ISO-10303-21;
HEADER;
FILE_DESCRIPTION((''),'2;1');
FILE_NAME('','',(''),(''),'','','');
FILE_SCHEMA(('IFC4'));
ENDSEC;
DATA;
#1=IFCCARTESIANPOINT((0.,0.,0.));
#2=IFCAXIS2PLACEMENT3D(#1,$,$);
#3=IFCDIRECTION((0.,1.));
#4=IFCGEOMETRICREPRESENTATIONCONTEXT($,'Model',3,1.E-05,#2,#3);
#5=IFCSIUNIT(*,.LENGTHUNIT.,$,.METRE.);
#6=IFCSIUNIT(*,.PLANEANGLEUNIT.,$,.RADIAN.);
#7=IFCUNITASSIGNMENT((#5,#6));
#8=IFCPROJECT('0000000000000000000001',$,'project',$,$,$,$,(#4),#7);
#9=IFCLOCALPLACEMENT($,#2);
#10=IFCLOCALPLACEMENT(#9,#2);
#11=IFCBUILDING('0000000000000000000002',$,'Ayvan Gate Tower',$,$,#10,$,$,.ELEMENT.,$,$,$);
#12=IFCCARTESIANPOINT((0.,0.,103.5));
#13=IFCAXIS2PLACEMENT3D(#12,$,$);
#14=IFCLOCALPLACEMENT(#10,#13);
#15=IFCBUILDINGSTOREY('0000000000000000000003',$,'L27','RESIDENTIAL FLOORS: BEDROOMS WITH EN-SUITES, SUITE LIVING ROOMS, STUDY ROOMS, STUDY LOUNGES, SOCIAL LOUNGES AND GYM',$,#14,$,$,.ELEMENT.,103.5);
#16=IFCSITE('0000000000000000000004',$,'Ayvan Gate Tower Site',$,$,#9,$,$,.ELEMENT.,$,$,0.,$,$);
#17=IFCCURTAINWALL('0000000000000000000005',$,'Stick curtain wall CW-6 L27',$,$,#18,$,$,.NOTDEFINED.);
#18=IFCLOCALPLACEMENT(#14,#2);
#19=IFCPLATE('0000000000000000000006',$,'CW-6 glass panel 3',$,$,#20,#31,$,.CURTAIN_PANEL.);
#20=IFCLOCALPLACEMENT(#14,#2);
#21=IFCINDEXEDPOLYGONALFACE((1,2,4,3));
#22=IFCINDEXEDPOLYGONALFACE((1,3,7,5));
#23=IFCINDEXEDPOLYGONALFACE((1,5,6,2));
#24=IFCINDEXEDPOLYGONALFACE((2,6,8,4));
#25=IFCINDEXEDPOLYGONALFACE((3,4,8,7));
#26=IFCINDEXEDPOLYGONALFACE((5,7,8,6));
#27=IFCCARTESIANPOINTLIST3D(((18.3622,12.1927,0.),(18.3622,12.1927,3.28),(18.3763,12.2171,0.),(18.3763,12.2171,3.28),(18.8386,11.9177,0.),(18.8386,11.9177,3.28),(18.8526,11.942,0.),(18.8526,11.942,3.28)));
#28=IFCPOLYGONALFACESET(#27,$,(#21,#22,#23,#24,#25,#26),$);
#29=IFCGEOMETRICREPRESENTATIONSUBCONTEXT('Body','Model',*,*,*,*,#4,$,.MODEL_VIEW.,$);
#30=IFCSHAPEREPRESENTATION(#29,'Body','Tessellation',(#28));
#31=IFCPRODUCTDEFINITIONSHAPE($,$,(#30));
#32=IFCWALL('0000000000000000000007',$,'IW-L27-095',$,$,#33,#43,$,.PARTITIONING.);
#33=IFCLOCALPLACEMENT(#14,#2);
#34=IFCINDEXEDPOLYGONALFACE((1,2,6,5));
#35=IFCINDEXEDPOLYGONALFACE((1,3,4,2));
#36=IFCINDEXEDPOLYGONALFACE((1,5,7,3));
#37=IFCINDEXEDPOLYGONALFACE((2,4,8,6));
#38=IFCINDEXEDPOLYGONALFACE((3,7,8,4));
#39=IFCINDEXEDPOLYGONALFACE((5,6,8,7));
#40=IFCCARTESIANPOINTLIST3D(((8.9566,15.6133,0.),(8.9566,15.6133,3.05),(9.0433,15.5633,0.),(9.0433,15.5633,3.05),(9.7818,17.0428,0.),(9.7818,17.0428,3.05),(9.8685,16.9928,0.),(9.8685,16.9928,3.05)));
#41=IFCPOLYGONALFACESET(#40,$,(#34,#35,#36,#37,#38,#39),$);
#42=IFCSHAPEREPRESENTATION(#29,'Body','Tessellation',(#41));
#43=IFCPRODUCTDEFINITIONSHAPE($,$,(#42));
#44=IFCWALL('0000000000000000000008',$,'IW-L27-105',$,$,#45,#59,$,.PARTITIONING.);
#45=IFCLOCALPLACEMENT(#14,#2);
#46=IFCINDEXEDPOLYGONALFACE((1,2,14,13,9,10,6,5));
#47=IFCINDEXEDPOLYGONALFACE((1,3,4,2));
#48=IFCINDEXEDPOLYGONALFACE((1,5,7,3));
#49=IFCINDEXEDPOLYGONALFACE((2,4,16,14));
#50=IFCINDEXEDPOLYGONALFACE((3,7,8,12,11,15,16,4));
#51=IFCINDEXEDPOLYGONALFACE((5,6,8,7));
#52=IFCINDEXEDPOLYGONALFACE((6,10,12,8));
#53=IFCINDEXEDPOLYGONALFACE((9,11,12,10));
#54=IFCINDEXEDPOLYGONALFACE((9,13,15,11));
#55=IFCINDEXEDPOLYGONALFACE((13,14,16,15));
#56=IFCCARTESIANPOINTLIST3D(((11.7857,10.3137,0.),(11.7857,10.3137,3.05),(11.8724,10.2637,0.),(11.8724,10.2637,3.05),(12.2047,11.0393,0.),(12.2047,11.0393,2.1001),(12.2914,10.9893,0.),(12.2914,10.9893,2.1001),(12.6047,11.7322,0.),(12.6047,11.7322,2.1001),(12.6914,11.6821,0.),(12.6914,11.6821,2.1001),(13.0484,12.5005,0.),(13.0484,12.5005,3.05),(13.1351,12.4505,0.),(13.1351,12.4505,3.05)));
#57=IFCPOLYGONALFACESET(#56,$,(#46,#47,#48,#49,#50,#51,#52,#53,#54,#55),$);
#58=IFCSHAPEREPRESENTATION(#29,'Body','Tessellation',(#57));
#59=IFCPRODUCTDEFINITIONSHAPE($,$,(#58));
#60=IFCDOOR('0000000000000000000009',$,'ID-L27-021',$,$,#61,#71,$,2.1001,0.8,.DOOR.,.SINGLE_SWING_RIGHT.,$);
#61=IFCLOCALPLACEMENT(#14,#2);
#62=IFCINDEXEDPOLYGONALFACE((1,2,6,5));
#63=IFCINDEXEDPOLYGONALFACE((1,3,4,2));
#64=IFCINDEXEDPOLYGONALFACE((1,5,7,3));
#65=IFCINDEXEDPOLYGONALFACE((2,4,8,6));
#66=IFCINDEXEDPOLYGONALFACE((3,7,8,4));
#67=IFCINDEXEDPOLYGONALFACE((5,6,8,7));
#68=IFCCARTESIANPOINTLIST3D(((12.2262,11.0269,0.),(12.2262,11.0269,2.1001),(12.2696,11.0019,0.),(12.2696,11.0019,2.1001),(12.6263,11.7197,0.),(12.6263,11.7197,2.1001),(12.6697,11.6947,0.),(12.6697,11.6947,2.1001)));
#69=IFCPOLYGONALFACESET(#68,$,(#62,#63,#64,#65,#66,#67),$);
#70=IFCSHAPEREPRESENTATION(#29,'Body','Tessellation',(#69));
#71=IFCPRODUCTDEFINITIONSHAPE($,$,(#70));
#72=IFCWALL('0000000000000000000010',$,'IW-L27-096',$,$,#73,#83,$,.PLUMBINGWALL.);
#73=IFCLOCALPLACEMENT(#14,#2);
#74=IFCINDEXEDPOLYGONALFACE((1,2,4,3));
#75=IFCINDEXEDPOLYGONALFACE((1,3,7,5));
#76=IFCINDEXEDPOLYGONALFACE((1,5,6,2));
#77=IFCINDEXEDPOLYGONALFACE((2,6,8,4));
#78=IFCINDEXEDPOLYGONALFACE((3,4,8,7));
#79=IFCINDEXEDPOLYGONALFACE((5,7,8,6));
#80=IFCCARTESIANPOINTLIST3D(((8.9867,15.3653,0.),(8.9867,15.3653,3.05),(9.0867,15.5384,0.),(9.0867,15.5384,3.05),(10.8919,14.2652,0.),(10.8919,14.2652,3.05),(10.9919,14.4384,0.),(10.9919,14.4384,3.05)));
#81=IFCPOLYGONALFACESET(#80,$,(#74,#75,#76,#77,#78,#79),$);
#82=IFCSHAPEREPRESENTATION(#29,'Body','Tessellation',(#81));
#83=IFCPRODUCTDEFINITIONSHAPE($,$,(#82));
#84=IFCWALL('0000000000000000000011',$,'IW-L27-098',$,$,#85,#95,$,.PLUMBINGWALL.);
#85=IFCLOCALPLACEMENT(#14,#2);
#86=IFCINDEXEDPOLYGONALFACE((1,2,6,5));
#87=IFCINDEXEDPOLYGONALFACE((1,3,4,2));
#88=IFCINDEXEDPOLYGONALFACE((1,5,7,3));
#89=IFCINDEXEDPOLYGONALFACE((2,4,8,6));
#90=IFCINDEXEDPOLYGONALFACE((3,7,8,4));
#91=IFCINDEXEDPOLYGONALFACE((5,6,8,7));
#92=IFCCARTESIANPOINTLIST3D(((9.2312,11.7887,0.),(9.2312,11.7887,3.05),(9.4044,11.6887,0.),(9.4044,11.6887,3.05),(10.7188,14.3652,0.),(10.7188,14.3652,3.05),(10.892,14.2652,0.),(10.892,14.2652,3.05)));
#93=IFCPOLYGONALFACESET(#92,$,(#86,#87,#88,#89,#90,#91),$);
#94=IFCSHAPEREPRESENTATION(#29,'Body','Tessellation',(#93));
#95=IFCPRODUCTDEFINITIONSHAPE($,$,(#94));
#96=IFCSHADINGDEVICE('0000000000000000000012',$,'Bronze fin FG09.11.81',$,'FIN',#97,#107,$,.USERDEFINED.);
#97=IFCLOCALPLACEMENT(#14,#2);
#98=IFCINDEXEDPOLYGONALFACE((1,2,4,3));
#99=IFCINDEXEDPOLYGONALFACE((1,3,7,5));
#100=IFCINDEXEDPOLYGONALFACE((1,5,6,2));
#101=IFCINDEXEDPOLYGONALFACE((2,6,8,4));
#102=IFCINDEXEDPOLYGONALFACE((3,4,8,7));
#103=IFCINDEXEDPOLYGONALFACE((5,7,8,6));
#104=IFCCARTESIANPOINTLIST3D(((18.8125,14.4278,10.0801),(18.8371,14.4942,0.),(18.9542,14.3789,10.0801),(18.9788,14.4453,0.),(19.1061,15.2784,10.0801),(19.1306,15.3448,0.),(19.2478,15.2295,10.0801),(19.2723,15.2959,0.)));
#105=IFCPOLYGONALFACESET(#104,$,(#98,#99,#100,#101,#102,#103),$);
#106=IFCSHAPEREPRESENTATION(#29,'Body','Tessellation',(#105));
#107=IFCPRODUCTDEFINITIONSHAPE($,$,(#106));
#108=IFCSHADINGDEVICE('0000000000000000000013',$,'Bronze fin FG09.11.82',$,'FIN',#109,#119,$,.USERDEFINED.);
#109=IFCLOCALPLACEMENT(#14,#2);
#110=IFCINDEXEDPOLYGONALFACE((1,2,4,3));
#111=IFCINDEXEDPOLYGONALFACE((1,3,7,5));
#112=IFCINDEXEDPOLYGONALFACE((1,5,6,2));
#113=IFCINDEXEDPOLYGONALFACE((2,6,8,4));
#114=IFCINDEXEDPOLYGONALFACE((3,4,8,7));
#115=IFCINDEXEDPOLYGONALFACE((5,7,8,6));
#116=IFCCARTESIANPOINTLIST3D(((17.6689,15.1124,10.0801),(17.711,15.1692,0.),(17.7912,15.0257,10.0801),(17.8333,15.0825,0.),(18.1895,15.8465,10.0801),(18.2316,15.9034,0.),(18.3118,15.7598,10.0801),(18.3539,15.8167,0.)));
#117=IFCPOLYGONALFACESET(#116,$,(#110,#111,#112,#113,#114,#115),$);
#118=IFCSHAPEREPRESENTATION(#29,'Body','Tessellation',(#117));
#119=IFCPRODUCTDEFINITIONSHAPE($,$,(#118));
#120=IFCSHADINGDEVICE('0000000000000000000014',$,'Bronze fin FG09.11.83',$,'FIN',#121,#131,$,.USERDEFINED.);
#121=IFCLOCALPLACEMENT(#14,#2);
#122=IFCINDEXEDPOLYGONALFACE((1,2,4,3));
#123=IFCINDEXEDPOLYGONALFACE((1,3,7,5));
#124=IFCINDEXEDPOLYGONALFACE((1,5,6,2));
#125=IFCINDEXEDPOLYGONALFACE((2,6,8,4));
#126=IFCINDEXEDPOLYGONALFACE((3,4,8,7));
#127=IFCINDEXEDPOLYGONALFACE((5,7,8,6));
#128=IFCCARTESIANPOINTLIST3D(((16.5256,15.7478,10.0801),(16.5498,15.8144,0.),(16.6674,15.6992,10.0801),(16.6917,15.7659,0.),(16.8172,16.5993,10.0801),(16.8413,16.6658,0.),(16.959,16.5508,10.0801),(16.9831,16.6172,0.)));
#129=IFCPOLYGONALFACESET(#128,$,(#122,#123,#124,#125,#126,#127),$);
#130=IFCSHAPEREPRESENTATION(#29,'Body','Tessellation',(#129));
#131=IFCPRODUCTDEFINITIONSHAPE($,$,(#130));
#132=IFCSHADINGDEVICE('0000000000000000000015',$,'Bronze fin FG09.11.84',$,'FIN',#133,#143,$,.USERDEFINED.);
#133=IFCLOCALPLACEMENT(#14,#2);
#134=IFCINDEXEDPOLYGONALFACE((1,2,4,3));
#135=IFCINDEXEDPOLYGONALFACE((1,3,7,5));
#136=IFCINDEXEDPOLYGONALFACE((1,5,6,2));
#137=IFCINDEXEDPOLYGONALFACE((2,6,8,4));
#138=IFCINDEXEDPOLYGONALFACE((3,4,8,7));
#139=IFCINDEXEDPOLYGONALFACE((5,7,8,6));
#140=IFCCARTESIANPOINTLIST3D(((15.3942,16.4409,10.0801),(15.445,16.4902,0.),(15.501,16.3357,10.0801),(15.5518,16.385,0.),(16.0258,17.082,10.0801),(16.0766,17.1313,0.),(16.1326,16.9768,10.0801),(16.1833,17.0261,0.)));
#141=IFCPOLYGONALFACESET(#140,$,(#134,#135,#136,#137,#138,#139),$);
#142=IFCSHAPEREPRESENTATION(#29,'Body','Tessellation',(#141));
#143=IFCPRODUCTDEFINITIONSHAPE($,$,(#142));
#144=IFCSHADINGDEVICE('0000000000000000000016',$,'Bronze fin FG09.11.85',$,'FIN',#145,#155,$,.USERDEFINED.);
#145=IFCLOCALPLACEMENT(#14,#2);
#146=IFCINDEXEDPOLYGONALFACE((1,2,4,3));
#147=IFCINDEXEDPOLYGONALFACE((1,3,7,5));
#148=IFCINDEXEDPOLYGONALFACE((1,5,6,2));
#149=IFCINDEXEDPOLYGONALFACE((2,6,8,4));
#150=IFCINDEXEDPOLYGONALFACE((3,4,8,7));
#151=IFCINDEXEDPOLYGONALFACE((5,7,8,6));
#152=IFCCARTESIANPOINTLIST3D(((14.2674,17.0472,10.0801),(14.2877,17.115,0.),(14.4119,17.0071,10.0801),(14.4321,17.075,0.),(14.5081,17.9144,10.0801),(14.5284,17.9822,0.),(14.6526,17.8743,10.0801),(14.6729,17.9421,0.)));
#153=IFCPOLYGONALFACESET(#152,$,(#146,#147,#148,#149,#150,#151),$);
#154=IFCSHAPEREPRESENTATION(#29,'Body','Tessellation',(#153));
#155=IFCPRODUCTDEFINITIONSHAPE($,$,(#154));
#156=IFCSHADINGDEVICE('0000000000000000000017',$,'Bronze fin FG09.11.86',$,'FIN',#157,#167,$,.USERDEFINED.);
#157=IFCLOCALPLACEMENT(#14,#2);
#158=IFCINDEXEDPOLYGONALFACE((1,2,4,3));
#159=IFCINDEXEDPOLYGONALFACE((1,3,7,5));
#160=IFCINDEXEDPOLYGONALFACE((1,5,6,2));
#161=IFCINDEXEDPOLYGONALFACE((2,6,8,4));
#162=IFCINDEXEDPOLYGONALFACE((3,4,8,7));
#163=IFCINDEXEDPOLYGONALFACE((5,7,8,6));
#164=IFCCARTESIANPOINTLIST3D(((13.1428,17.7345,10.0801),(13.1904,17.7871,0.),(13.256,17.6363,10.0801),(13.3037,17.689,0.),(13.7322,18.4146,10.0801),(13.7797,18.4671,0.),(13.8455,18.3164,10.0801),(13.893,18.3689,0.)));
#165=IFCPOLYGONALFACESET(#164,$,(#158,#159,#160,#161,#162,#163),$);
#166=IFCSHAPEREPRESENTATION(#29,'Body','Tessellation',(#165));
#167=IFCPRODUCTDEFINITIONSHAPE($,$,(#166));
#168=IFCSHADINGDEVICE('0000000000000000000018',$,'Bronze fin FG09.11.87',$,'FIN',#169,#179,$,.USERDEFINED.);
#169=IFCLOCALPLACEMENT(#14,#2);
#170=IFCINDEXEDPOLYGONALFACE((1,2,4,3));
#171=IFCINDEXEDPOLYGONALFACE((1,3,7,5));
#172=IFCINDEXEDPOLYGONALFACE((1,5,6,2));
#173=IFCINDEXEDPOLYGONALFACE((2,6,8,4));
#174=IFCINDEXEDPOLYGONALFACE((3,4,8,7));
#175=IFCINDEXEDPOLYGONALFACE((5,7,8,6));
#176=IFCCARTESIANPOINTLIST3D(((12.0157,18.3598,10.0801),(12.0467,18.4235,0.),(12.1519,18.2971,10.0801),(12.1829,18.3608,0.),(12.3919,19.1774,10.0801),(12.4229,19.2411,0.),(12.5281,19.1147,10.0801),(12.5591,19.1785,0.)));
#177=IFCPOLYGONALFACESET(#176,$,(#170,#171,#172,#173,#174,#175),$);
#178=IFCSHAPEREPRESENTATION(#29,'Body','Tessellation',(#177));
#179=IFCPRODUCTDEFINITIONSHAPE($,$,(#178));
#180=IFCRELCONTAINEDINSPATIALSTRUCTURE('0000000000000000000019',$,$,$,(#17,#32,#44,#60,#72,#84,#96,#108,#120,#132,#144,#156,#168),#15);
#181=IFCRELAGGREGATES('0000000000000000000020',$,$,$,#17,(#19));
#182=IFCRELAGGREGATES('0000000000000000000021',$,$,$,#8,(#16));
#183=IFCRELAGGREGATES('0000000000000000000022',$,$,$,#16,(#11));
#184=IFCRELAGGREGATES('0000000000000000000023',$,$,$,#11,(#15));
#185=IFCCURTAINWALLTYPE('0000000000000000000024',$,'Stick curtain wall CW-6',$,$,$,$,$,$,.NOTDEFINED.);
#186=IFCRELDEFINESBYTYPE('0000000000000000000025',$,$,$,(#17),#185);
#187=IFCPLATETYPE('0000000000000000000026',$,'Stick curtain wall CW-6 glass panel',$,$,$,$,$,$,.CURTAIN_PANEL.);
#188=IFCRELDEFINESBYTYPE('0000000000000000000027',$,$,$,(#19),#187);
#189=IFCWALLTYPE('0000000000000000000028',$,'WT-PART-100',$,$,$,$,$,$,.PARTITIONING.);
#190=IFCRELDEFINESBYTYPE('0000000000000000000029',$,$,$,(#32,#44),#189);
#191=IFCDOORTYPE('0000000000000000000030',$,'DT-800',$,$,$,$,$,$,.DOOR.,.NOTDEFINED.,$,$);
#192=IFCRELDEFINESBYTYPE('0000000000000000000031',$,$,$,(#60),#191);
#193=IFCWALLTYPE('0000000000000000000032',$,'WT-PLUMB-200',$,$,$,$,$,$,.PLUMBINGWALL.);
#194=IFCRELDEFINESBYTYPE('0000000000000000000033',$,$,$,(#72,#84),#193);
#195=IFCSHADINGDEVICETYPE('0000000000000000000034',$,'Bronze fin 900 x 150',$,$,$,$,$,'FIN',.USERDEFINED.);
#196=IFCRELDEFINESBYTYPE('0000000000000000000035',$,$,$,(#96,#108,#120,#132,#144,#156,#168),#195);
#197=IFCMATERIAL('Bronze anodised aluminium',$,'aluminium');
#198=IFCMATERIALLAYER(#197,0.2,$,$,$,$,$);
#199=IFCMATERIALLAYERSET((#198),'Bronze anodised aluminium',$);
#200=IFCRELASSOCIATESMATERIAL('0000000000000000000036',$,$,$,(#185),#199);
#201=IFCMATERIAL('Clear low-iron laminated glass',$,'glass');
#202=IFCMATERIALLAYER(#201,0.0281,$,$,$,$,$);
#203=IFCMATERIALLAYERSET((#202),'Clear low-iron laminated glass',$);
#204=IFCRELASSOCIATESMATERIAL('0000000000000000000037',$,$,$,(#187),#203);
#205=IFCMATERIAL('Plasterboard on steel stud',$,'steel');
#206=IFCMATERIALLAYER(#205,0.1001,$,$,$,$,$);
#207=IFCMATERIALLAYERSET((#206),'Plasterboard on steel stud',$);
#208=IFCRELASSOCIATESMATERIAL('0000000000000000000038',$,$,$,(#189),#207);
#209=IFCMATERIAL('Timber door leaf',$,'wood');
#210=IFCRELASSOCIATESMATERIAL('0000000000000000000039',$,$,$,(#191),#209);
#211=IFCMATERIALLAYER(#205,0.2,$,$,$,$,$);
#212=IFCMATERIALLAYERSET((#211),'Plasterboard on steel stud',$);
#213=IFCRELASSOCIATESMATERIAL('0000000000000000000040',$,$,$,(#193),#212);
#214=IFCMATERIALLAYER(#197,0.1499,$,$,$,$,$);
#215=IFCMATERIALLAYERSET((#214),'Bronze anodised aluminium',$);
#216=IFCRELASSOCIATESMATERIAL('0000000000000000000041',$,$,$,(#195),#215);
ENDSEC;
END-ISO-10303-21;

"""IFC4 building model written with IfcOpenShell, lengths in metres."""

from ifc_helpers import new_model, si_unit, direction, frame, frame_2d, origin, origin_2d, place, context, subcontext, project, spatial, polyline, rectangle, outline, extrude, material, layer, layer_set, type_object, element, fill, aggregate, save


model = new_model("IFC4")

# Units and contexts
model_context = context("Model", 3, precision=1e-05, world=origin(), true_north=direction((0.0, 1.0)))
body_context = subcontext(model_context, "Body", "Model", "MODEL_VIEW")
ifc_project = project(units=[si_unit("LENGTHUNIT", "METRE"), si_unit("PLANEANGLEUNIT", "RADIAN")], contexts=[model_context])

# Site, building, storey
site_placement = place(None, origin())
site = spatial("IfcSite", under=ifc_project, at=site_placement, Name="Ayvan Gate Tower Site", CompositionType="ELEMENT", RefElevation=0.0)
building_placement = place(site_placement, origin())
building = spatial("IfcBuilding", under=site, at=building_placement, Name="Ayvan Gate Tower", CompositionType="ELEMENT")
storey_placement = place(building_placement, frame((0.0, 0.0, 103.5)))
storey = spatial("IfcBuildingStorey", under=building, at=storey_placement, Name="L27", Description="RESIDENTIAL FLOORS: BEDROOMS WITH EN-SUITES, SUITE LIVING ROOMS, STUDY ROOMS, STUDY LOUNGES, SOCIAL LOUNGES AND GYM", CompositionType="ELEMENT", Elevation=103.5)

# Curtain wall
ifc_material_1 = material(Name="Bronze anodised aluminium", Category="aluminium")
ifc_layer_1 = layer(ifc_material_1, 0.2)
ifc_layer_set_1 = layer_set([ifc_layer_1], Name="Bronze anodised aluminium")
curtain_wall_type_1 = type_object("IfcCurtainWallType", Name="Stick curtain wall CW-6", PredefinedType="NOTDEFINED", material=ifc_layer_set_1)
curtain_wall_1_placement = place(storey_placement, origin())
curtain_wall_1 = element("IfcCurtainWall", 1, at=curtain_wall_1_placement, inside=storey, type_object=curtain_wall_type_1, Name="Stick curtain wall CW-6 L27", PredefinedType="NOTDEFINED")

# Plate
ifc_material_2 = material(Name="Clear low-iron laminated glass", Category="glass")
ifc_layer_2 = layer(ifc_material_2, 0.0281)
ifc_layer_set_2 = layer_set([ifc_layer_2], Name="Clear low-iron laminated glass")
plate_type_1 = type_object("IfcPlateType", Name="Stick curtain wall CW-6 glass panel", PredefinedType="CURTAIN_PANEL", material=ifc_layer_set_2)
plate_1_placement = place(storey_placement, frame((18.6074, 12.0674, 0.0), z_axis=(0.0, 0.0, 1.0), x_axis=(-0.866025, 0.5, 0.0)))
plate_1 = element("IfcPlate", 2, at=plate_1_placement, type_object=plate_type_1, Name="CW-6 glass panel 3", PredefinedType="CURTAIN_PANEL", context=body_context, shape_type="SweptSolid", body=[
    extrude(rectangle(XDim=0.55, YDim=0.0281, at=origin_2d()), origin(), (0.0, 0.0, 1.0), 3.28),
])
aggregate(curtain_wall_1, [plate_1])

# Wall
ifc_material_3 = material(Name="Plasterboard on steel stud", Category="steel")
ifc_layer_3 = layer(ifc_material_3, 0.1001)
ifc_layer_set_3 = layer_set([ifc_layer_3], Name="Plasterboard on steel stud")
wall_type_1 = type_object("IfcWallType", Name="WT-PART-100", PredefinedType="PARTITIONING", material=ifc_layer_set_3)
wall_1_placement = place(storey_placement, frame((9.0, 15.5884, 0.0), z_axis=(0.0, 0.0, 1.0), x_axis=(0.499957, 0.86605, 0.0)))
element("IfcWall", 3, at=wall_1_placement, inside=storey, type_object=wall_type_1, Name="IW-L27-095", PredefinedType="PARTITIONING", context=body_context, shape_type="SweptSolid", body=[
    extrude(rectangle(XDim=1.6506, YDim=0.1001, at=frame_2d((0.8252, 0.0))), origin(), (0.0, 0.0, 1.0), 3.05),
])

# Wall, opening, door
wall_2_placement = place(storey_placement, frame((13.0918, 12.4756, 0.0), z_axis=(0.0, 0.0, 1.0), x_axis=(-0.500049, -0.865997, 0.0)))
wall_2 = element("IfcWall", 4, at=wall_2_placement, inside=storey, type_object=wall_type_1, Name="IW-L27-105", PredefinedType="PARTITIONING", context=body_context, shape_type="SweptSolid", body=[
    extrude(rectangle(XDim=2.5251, YDim=0.1001, at=frame_2d((1.2627, 0.0))), origin(), (0.0, 0.0, 1.0), 3.05),
])
opening_placement = place(wall_2_placement, frame((0.8875, 0.0, 0.0)))
opening = element("IfcOpeningElement", 5, at=opening_placement, cuts=wall_2, PredefinedType="OPENING", context=body_context, shape_type="SweptSolid", body=[
    extrude(rectangle(XDim=0.8, YDim=2.1001, at=frame_2d((0.3999, 1.05))), frame((0.0, 0.0601, 0.0), z_axis=(0.0, -1.0, 0.0), x_axis=(1.0, 0.0, 0.0)), (0.0, 0.0, 1.0), 0.1201),
])
ifc_material_4 = material(Name="Timber door leaf", Category="wood")
door_type = type_object("IfcDoorType", Name="DT-800", OperationType="NOTDEFINED", PredefinedType="DOOR", material=ifc_material_4)
door_placement = place(opening_placement, origin())
door = element("IfcDoor", 6, at=door_placement, inside=storey, type_object=door_type, Name="ID-L27-021", OperationType="SINGLE_SWING_RIGHT", OverallHeight=2.1001, OverallWidth=0.8, PredefinedType="DOOR", context=body_context, shape_type="SweptSolid", body=[
    extrude(rectangle(XDim=0.8, YDim=2.1001, at=frame_2d((0.3999, 1.05))), frame((0.0, 0.0249, 0.0), z_axis=(0.0, -1.0, 0.0), x_axis=(1.0, 0.0, 0.0)), (0.0, 0.0, 1.0), 0.05),
])
fill(opening, door)

# Walls
ifc_layer_4 = layer(ifc_material_3, 0.2)
ifc_layer_set_4 = layer_set([ifc_layer_4], Name="Plasterboard on steel stud")
wall_type_2 = type_object("IfcWallType", Name="WT-PLUMB-200", PredefinedType="PLUMBINGWALL", material=ifc_layer_set_4)
wall_3_placement = place(storey_placement, frame((9.0366, 15.4519, 0.0), z_axis=(0.0, 0.0, 1.0), x_axis=(0.866008, -0.50003, 0.0)))
element("IfcWall", 7, at=wall_3_placement, inside=storey, type_object=wall_type_2, Name="IW-L27-096", PredefinedType="PLUMBINGWALL", context=body_context, shape_type="SweptSolid", body=[
    extrude(rectangle(XDim=2.2, YDim=0.2, at=frame_2d((1.1001, 0.0))), origin(), (0.0, 0.0, 1.0), 3.05),
])
wall_4_placement = place(storey_placement, frame((10.8054, 14.3152, 0.0), z_axis=(0.0, 0.0, 1.0), x_axis=(-0.500014, -0.866017, 0.0)))
element("IfcWall", 8, at=wall_4_placement, inside=storey, type_object=wall_type_2, Name="IW-L27-098", PredefinedType="PLUMBINGWALL", context=body_context, shape_type="SweptSolid", body=[
    extrude(rectangle(XDim=2.9751, YDim=0.2, at=frame_2d((1.4875, 0.0))), origin(), (0.0, 0.0, 1.0), 3.05),
])

# Shading devices
ifc_layer_5 = layer(ifc_material_1, 0.1499)
ifc_layer_set_5 = layer_set([ifc_layer_5], Name="Bronze anodised aluminium")
shading_device_type = type_object("IfcShadingDeviceType", Name="Bronze fin 900 x 150", ElementType="FIN", PredefinedType="USERDEFINED", material=ifc_layer_set_5)
shading_device_1_placement = place(storey_placement, frame((18.9788, 14.4453, 0.0), z_axis=(0.945279, -0.326262, 0.000152), x_axis=(0.326262, 0.945279, 0.0)))
element("IfcShadingDevice", 9, at=shading_device_1_placement, inside=storey, type_object=shading_device_type, Name="Bronze fin FG09.11.81", ObjectType="FIN", PredefinedType="USERDEFINED", context=body_context, shape_type="SweptSolid", body=[
    extrude(outline(polyline([(0.0, 0.0), (0.8998, 0.0), (0.829, 10.0801), (-0.0708, 10.0801), (0.0, 0.0)])), origin(), (0.0, 0.0, -1.0), 0.1499),
])
shading_device_2_placement = place(storey_placement, frame((17.8333, 15.0825, 0.0), z_axis=(0.815699, -0.578476, 0.000143), x_axis=(0.578476, 0.815699, 0.0)))
element("IfcShadingDevice", 10, at=shading_device_2_placement, inside=storey, type_object=shading_device_type, Name="Bronze fin FG09.11.82", ObjectType="FIN", PredefinedType="USERDEFINED", context=body_context, shape_type="SweptSolid", body=[
    extrude(outline(polyline([(0.0, 0.0), (0.9001, 0.0), (0.8292, 10.0801), (-0.0707, 10.0801), (0.0, 0.0)])), origin(), (0.0, 0.0, -1.0), 0.1499),
])
shading_device_3_placement = place(storey_placement, frame((16.6917, 15.7659, 0.0), z_axis=(0.946089, -0.323908, 0.000131), x_axis=(0.323908, 0.946089, 0.0)))
element("IfcShadingDevice", 11, at=shading_device_3_placement, inside=storey, type_object=shading_device_type, Name="Bronze fin FG09.11.83", ObjectType="FIN", PredefinedType="USERDEFINED", context=body_context, shape_type="SweptSolid", body=[
    extrude(outline(polyline([(0.0, 0.0), (0.8998, 0.0), (0.8292, 10.0801), (-0.0709, 10.0801), (0.0, 0.0)])), origin(), (0.0, 0.0, -1.0), 0.1499),
])
shading_device_4_placement = place(storey_placement, frame((15.5518, 16.385, 0.0), z_axis=(0.712377, -0.701797, 0.000155), x_axis=(0.701797, 0.712377, 0.0)))
element("IfcShadingDevice", 12, at=shading_device_4_placement, inside=storey, type_object=shading_device_type, Name="Bronze fin FG09.11.84", ObjectType="FIN", PredefinedType="USERDEFINED", context=body_context, shape_type="SweptSolid", body=[
    extrude(outline(polyline([(0.0, 0.0), (0.9, 0.0), (0.8292, 10.0801), (-0.0708, 10.0801), (0.0, 0.0)])), origin(), (0.0, 0.0, -1.0), 0.1499),
])
shading_device_5_placement = place(storey_placement, frame((14.4321, 17.075, 0.0), z_axis=(0.963565, -0.267476, 0.000136), x_axis=(0.267476, 0.963565, 0.0)))
element("IfcShadingDevice", 13, at=shading_device_5_placement, inside=storey, type_object=shading_device_type, Name="Bronze fin FG09.11.85", ObjectType="FIN", PredefinedType="USERDEFINED", context=body_context, shape_type="SweptSolid", body=[
    extrude(outline(polyline([(0.0, 0.0), (0.9, 0.0), (0.8292, 10.0801), (-0.0708, 10.0801), (0.0, 0.0)])), origin(), (0.0, 0.0, -1.0), 0.1499),
])
shading_device_6_placement = place(storey_placement, frame((13.3037, 17.689, 0.0), z_axis=(0.755703, -0.654915, 0.000151), x_axis=(0.654915, 0.755703, 0.0)))
element("IfcShadingDevice", 14, at=shading_device_6_placement, inside=storey, type_object=shading_device_type, Name="Bronze fin FG09.11.86", ObjectType="FIN", PredefinedType="USERDEFINED", context=body_context, shape_type="SweptSolid", body=[
    extrude(outline(polyline([(0.0, 0.0), (0.8998, 0.0), (0.829, 10.0801), (-0.071, 10.0801), (0.0, 0.0)])), origin(), (0.0, 0.0, -1.0), 0.1499),
])
shading_device_7_placement = place(storey_placement, frame((12.1829, 18.3608, 0.0), z_axis=(0.908443, -0.418009, 0.000152), x_axis=(0.418009, 0.908443, 0.0)))
element("IfcShadingDevice", 15, at=shading_device_7_placement, inside=storey, type_object=shading_device_type, Name="Bronze fin FG09.11.87", ObjectType="FIN", PredefinedType="USERDEFINED", context=body_context, shape_type="SweptSolid", body=[
    extrude(outline(polyline([(0.0, 0.0), (0.9, 0.0), (0.8292, 10.0801), (-0.0708, 10.0801), (0.0, 0.0)])), origin(), (0.0, 0.0, -1.0), 0.1499),
])

save(model, "model.ifc")
